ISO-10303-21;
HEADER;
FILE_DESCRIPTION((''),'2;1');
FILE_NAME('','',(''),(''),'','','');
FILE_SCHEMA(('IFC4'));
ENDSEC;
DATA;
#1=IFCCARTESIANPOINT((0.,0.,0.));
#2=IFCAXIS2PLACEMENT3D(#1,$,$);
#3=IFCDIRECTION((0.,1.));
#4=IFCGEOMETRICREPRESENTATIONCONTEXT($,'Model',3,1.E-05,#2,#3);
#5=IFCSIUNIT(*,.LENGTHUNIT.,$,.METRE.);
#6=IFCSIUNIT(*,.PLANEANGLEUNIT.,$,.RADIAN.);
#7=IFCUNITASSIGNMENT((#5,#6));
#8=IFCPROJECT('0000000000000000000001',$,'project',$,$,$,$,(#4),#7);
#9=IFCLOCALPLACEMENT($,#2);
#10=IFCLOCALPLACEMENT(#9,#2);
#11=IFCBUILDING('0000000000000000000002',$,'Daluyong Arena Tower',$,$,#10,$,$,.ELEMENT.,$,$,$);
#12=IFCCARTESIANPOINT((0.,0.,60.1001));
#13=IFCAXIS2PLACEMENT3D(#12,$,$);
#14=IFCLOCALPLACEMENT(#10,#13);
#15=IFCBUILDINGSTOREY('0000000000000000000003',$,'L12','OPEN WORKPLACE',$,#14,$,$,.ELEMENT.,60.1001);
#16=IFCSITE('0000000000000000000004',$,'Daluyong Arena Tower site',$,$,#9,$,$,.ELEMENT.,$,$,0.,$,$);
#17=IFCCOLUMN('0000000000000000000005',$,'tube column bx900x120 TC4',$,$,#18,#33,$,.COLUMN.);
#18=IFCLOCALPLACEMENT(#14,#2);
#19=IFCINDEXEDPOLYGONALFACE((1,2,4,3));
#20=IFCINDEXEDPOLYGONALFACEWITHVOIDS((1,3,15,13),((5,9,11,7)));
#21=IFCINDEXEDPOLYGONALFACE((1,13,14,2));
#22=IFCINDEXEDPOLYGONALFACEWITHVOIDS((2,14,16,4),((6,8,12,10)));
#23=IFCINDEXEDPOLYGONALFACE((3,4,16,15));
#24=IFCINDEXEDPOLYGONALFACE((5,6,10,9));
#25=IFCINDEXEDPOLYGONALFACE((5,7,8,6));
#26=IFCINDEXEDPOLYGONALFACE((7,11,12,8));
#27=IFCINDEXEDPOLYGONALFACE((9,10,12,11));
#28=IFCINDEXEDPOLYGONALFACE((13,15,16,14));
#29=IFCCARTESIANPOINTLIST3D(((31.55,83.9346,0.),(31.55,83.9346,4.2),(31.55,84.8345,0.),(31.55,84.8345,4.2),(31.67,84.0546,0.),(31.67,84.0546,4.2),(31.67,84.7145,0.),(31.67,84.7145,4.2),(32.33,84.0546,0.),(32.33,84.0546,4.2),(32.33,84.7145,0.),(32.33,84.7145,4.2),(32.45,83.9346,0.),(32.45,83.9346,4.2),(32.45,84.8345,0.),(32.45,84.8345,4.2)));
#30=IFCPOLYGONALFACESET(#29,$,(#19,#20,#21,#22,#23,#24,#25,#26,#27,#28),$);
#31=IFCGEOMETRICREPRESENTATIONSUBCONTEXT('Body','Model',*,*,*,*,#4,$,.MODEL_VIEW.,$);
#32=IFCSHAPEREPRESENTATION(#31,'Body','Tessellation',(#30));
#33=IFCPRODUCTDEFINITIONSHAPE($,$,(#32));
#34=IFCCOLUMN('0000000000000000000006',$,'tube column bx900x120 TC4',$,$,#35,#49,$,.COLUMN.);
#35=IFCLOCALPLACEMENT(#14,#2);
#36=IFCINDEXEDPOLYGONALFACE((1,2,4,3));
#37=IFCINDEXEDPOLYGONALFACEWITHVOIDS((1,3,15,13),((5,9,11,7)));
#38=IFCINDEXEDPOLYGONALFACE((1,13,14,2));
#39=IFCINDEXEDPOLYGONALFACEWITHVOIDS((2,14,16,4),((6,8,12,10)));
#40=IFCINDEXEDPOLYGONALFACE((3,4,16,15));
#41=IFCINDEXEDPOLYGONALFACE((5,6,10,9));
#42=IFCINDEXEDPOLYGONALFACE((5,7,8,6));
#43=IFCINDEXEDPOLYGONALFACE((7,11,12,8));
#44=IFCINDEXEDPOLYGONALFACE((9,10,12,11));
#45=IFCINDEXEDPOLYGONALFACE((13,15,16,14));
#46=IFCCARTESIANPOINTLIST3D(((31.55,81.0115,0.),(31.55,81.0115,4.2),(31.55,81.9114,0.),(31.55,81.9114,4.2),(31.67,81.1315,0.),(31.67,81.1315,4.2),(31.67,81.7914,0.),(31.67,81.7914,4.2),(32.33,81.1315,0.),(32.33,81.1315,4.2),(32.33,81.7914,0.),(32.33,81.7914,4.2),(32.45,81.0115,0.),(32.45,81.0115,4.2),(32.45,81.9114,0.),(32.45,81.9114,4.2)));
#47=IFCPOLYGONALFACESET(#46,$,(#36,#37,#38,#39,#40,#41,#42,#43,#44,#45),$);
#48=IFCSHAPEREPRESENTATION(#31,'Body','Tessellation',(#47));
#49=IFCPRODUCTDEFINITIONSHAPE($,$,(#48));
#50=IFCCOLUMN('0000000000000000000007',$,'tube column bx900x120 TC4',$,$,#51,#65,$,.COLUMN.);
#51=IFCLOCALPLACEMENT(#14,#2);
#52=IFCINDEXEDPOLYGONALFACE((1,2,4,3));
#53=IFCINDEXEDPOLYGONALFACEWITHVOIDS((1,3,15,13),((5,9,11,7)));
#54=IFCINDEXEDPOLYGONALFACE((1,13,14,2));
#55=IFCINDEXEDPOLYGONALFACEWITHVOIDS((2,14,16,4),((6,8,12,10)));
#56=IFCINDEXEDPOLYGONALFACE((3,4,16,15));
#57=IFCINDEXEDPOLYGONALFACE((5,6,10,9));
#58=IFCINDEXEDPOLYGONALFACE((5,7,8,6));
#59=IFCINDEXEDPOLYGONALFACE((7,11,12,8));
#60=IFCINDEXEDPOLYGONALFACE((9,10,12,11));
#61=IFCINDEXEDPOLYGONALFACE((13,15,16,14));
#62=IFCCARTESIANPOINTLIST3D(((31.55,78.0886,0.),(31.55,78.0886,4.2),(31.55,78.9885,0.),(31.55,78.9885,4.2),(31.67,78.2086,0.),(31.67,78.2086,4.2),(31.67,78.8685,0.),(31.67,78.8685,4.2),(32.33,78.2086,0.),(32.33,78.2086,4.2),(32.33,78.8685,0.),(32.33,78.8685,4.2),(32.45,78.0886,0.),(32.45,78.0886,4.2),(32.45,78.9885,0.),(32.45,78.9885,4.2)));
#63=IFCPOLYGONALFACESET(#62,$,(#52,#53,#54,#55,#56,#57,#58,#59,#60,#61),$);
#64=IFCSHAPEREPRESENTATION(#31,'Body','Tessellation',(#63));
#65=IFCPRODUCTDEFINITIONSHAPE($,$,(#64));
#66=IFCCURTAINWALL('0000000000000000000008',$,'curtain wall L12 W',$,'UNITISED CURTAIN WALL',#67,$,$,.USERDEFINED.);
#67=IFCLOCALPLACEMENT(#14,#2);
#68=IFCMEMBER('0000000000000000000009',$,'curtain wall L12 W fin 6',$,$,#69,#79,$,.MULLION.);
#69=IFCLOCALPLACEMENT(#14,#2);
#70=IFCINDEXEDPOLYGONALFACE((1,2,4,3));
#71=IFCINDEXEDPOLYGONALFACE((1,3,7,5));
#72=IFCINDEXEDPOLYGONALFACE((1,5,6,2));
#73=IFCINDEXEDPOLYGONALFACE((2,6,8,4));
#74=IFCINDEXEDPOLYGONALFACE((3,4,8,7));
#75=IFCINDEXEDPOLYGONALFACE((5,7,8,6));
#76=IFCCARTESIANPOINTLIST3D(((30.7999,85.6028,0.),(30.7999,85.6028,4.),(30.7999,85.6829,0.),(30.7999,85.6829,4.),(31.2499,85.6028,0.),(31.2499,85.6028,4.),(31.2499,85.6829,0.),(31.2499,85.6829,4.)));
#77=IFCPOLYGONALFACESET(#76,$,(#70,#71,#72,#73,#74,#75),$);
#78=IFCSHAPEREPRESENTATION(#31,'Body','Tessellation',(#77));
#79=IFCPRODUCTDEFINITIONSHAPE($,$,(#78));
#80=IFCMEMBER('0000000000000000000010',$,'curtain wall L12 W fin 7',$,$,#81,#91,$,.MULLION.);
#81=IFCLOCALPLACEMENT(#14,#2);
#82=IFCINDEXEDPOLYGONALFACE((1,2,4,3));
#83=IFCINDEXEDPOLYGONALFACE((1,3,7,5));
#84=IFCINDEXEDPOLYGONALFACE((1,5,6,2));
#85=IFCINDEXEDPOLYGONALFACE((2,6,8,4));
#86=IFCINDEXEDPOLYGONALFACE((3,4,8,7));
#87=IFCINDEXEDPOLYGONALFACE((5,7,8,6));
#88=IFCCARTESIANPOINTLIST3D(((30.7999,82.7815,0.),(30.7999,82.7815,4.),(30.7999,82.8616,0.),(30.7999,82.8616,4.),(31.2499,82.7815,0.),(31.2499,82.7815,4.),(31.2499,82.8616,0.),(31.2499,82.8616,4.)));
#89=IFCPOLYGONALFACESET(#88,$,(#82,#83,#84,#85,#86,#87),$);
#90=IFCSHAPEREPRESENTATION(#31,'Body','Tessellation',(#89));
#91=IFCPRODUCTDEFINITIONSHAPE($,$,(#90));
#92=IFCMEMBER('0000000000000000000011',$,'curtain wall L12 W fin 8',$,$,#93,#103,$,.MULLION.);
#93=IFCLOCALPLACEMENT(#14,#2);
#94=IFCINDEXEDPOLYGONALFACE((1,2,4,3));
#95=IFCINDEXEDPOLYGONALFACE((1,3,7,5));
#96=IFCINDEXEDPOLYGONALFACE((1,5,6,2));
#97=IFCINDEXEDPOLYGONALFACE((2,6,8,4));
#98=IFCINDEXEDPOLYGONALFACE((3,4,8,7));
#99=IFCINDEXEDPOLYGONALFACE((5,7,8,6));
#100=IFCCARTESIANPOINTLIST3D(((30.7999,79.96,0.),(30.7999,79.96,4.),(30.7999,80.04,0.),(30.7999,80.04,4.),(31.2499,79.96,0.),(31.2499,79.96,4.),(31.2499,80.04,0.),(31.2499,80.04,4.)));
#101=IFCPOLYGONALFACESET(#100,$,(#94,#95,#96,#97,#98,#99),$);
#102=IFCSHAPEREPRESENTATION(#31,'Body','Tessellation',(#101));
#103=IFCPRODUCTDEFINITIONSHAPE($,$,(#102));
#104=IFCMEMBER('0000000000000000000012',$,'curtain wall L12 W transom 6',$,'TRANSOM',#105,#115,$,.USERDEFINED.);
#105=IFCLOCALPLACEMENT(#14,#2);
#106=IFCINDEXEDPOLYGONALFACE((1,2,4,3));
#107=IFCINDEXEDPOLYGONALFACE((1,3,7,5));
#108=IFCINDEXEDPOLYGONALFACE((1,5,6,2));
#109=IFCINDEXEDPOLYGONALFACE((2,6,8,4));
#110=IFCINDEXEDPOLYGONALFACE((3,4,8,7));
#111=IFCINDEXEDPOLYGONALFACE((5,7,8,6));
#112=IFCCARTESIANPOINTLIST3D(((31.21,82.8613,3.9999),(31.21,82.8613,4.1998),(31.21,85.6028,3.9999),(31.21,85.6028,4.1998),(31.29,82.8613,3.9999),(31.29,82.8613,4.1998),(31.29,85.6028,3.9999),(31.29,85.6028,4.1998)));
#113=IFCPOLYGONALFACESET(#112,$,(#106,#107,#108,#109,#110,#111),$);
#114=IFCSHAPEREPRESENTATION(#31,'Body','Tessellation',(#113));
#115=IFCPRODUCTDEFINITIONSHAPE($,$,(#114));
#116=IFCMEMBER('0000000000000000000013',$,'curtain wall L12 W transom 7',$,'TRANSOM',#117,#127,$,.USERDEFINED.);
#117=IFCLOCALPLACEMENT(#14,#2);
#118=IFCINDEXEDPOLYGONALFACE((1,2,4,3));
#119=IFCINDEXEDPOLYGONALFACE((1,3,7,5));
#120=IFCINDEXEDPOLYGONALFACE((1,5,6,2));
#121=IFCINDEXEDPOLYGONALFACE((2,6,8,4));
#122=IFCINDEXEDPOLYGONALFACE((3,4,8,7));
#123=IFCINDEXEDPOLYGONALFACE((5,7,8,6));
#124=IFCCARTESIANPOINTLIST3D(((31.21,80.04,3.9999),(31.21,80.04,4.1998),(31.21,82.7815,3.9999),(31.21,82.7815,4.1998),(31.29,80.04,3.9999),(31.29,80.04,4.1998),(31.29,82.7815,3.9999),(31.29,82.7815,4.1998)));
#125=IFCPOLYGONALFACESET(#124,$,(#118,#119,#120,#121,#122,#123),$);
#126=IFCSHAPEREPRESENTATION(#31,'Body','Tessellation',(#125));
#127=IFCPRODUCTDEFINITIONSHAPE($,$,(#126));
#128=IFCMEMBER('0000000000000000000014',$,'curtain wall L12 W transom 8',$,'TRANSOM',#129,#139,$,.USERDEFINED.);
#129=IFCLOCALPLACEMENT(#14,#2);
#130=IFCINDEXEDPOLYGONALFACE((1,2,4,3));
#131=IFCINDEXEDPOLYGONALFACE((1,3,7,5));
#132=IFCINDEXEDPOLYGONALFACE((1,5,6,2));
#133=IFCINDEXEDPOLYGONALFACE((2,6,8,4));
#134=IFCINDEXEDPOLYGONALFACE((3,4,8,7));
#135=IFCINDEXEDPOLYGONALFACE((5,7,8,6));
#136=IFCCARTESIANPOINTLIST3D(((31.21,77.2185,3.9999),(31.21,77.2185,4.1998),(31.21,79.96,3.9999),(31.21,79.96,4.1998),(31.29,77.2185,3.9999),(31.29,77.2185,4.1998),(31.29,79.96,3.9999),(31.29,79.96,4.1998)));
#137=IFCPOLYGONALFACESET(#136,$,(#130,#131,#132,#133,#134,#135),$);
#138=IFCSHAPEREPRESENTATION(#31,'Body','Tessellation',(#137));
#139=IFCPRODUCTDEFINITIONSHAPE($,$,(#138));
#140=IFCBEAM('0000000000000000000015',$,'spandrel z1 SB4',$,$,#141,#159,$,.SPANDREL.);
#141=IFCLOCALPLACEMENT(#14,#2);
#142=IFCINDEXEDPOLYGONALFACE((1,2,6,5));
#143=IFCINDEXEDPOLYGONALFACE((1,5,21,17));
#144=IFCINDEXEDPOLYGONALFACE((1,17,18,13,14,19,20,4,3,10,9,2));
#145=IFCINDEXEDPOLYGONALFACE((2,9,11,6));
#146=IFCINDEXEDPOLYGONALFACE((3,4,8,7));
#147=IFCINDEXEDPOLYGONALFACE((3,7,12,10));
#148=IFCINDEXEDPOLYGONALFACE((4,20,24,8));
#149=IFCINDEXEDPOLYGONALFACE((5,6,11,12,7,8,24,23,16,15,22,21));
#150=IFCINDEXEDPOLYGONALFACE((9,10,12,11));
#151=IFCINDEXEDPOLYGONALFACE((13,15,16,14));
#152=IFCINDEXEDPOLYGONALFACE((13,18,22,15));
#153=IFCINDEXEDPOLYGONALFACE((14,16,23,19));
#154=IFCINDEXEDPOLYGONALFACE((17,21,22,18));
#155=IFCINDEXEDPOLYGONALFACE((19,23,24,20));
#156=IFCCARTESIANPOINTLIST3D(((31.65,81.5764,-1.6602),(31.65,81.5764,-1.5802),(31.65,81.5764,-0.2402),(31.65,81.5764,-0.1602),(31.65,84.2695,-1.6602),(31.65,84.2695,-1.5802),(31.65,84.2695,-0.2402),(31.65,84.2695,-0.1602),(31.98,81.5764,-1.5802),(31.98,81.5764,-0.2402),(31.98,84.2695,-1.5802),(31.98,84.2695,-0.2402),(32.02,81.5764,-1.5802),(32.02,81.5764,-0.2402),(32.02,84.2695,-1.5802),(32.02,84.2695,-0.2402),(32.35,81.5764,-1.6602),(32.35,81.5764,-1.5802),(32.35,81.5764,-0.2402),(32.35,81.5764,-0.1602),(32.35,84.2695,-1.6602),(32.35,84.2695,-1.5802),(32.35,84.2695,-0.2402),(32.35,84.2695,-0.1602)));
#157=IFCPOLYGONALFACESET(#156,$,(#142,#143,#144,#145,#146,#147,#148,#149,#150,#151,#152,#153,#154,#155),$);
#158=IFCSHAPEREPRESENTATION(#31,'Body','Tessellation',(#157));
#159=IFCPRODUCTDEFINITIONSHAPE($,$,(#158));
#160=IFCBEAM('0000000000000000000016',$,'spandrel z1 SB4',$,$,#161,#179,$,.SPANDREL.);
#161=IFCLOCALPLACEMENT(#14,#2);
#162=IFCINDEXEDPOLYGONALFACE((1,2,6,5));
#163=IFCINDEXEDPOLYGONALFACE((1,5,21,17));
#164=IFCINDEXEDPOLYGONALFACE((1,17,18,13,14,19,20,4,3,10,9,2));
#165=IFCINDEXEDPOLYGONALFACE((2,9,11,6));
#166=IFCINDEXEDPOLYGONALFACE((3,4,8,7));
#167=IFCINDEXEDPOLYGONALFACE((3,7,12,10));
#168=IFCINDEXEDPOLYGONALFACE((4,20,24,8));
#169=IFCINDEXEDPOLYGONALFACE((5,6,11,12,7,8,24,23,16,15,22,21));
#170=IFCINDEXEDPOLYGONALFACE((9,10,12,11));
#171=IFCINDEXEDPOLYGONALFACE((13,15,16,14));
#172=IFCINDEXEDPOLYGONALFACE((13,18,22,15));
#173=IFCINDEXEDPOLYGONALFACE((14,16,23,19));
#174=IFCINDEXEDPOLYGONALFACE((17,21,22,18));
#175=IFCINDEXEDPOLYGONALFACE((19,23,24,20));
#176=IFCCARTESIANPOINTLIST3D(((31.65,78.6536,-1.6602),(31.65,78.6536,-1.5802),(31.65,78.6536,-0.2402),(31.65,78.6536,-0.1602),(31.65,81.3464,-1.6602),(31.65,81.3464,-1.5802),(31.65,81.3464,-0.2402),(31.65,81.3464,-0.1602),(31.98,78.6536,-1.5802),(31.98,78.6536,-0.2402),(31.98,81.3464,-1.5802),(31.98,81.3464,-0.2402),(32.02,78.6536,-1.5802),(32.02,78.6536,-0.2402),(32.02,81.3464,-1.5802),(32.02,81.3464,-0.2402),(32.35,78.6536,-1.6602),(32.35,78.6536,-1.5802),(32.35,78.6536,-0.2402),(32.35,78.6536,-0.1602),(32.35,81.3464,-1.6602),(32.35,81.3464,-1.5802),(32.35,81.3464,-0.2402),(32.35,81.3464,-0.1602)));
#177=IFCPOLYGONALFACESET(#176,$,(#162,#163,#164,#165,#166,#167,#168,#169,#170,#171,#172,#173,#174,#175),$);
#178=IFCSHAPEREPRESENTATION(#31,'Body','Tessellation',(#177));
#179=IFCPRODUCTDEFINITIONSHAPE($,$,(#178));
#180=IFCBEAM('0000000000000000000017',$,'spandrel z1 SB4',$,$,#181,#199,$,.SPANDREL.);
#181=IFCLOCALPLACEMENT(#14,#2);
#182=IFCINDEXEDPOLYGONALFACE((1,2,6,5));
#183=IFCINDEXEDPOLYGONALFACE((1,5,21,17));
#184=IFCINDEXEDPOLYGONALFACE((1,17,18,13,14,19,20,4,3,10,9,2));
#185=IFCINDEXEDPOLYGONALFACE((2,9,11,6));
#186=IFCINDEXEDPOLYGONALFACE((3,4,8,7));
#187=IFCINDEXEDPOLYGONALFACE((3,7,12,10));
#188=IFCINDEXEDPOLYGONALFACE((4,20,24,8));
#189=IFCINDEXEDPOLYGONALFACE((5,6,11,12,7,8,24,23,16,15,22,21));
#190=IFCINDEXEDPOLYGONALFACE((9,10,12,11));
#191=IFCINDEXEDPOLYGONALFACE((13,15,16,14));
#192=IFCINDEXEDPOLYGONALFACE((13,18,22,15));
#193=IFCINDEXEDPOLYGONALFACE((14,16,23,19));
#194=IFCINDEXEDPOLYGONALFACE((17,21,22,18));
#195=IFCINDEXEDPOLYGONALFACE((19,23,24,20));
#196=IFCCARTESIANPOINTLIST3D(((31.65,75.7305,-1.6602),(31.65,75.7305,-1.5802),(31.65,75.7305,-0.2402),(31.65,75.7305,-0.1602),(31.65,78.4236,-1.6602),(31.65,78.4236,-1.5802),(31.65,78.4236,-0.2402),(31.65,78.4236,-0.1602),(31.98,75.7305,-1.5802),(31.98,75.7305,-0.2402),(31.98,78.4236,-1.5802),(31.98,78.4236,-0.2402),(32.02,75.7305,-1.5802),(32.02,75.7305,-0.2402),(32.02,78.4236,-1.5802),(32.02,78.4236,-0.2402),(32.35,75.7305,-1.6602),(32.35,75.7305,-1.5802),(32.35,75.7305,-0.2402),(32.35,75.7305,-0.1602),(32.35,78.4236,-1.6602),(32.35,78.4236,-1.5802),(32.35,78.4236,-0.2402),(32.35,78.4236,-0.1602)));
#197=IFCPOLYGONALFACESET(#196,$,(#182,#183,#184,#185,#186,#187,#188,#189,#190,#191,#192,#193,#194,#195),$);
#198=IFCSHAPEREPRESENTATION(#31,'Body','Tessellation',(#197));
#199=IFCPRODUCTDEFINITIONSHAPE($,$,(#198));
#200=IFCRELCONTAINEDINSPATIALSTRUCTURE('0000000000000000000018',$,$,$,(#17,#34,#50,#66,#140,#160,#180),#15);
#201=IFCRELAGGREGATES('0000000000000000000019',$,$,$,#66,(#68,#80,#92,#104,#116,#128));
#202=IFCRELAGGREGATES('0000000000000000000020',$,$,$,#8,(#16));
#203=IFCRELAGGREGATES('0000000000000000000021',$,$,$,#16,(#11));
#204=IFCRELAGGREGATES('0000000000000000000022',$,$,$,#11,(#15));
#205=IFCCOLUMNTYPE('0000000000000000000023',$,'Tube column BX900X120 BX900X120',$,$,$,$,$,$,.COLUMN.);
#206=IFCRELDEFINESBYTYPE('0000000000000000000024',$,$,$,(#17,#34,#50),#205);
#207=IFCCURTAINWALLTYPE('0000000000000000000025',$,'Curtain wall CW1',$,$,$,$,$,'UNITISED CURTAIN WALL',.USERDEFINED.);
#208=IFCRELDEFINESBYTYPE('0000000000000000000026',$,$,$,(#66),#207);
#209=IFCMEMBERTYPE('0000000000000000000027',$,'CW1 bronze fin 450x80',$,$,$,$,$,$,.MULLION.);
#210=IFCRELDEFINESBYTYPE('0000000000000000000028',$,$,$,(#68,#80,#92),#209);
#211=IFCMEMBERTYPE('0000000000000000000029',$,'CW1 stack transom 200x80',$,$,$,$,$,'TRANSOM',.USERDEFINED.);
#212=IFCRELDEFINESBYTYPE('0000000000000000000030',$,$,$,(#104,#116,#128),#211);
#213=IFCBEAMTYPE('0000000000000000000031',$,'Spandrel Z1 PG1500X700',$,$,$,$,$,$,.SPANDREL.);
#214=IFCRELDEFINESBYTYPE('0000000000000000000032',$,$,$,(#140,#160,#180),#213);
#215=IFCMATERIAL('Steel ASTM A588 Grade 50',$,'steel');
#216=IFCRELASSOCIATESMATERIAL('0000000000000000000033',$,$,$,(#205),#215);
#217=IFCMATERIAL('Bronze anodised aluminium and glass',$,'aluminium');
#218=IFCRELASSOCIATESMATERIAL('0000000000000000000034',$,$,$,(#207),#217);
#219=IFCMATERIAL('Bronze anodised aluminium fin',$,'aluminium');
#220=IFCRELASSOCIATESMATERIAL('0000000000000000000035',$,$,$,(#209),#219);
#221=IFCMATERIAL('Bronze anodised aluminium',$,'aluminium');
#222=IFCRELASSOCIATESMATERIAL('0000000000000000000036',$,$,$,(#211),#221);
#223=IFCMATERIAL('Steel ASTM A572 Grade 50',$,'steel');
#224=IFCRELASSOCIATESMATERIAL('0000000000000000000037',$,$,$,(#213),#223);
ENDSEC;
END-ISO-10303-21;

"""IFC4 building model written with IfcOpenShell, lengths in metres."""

from ifc_helpers import new_model, si_unit, direction, frame, origin, origin_2d, place, context, subcontext, project, spatial, rectangle, hollow_rectangle, i_section, extrude, material, material_profile, profile_set, type_object, element, aggregate, save


model = new_model("IFC4")

# Units and contexts
model_context = context("Model", 3, precision=1e-05, world=origin(), true_north=direction((0.0, 1.0)))
body_context = subcontext(model_context, "Body", "Model", "MODEL_VIEW")
ifc_project = project(units=[si_unit("LENGTHUNIT", "METRE"), si_unit("PLANEANGLEUNIT", "RADIAN")], contexts=[model_context])

# Site, building, storey
site_placement = place(None, origin())
site = spatial("IfcSite", under=ifc_project, at=site_placement, Name="Daluyong Arena Tower site", CompositionType="ELEMENT", RefElevation=0.0)
building_placement = place(site_placement, origin())
building = spatial("IfcBuilding", under=site, at=building_placement, Name="Daluyong Arena Tower", CompositionType="ELEMENT")
storey_placement = place(building_placement, frame((0.0, 0.0, 60.1001)))
storey = spatial("IfcBuildingStorey", under=building, at=storey_placement, Name="L12", Description="OPEN WORKPLACE", CompositionType="ELEMENT", Elevation=60.1001)

# Columns
ifc_material_1 = material(Name="Steel ASTM A588 Grade 50", Category="steel")
ifc_material_profile_1 = material_profile(ifc_material_1, hollow_rectangle(XDim=0.8999, YDim=0.8999, WallThickness=0.12, at=origin_2d()))
ifc_profile_set_1 = profile_set([ifc_material_profile_1], Name="Steel ASTM A588 Grade 50")
column_type = type_object("IfcColumnType", Name="Tube column BX900X120 BX900X120", PredefinedType="COLUMN", material=ifc_profile_set_1)
for number, where, z_axis, x_axis, name in (
    (1, (32.0, 84.3845, 0.0), (0.0, 0.0, 1.0), (0.0, 1.0, 0.0), "tube column bx900x120 TC4"),
    (2, (32.0, 81.4614, 0.0), (0.0, 0.0, 1.0), (0.0, 1.0, 0.0), "tube column bx900x120 TC4"),
    (3, (32.0, 78.5386, 0.0), (0.0, 0.0, 1.0), (0.0, 1.0, 0.0), "tube column bx900x120 TC4"),
):
    element("IfcColumn", number, at=place(storey_placement, frame(where, z_axis=z_axis, x_axis=x_axis)), inside=storey, type_object=column_type, Name=name, PredefinedType="COLUMN", context=body_context, shape_type="SweptSolid", body=[
        extrude(hollow_rectangle(XDim=0.8999, YDim=0.8999, WallThickness=0.12, at=origin_2d()), origin(), (0.0, 0.0, 1.0), 4.2),
    ])

# Curtain wall, members
ifc_material_2 = material(Name="Bronze anodised aluminium and glass", Category="aluminium")
curtain_wall_type = type_object("IfcCurtainWallType", Name="Curtain wall CW1", ElementType="UNITISED CURTAIN WALL", PredefinedType="USERDEFINED", material=ifc_material_2)
curtain_wall_placement = place(storey_placement, origin())
curtain_wall = element("IfcCurtainWall", 4, at=curtain_wall_placement, inside=storey, type_object=curtain_wall_type, Name="curtain wall L12 W", ObjectType="UNITISED CURTAIN WALL", PredefinedType="USERDEFINED")
ifc_material_3 = material(Name="Bronze anodised aluminium fin", Category="aluminium")
ifc_material_profile_2 = material_profile(ifc_material_3, rectangle(XDim=0.45, YDim=0.0801, at=origin_2d()))
ifc_profile_set_2 = profile_set([ifc_material_profile_2], Name="Bronze anodised aluminium fin")
member_type_1 = type_object("IfcMemberType", Name="CW1 bronze fin 450x80", PredefinedType="MULLION", material=ifc_profile_set_2)
member_1_placement = place(storey_placement, frame((31.0249, 85.6428, 0.0), z_axis=(0.0, 0.0, 1.0), x_axis=(1.0, 0.0, 0.0)))
member_1 = element("IfcMember", 5, at=member_1_placement, type_object=member_type_1, Name="curtain wall L12 W fin 6", PredefinedType="MULLION", context=body_context, shape_type="SweptSolid", body=[
    extrude(rectangle(XDim=0.45, YDim=0.0801, at=origin_2d()), origin(), (0.0, 0.0, 1.0), 4.0),
])
member_2_placement = place(storey_placement, frame((31.0249, 82.8215, 0.0), z_axis=(0.0, 0.0, 1.0), x_axis=(1.0, 0.0, 0.0)))
member_2 = element("IfcMember", 6, at=member_2_placement, type_object=member_type_1, Name="curtain wall L12 W fin 7", PredefinedType="MULLION", context=body_context, shape_type="SweptSolid", body=[
    extrude(rectangle(XDim=0.45, YDim=0.0801, at=origin_2d()), origin(), (0.0, 0.0, 1.0), 4.0),
])
member_3_placement = place(storey_placement, frame((31.0249, 80.0, 0.0), z_axis=(0.0, 0.0, 1.0), x_axis=(1.0, 0.0, 0.0)))
member_3 = element("IfcMember", 7, at=member_3_placement, type_object=member_type_1, Name="curtain wall L12 W fin 8", PredefinedType="MULLION", context=body_context, shape_type="SweptSolid", body=[
    extrude(rectangle(XDim=0.45, YDim=0.0801, at=origin_2d()), origin(), (0.0, 0.0, 1.0), 4.0),
])
ifc_material_4 = material(Name="Bronze anodised aluminium", Category="aluminium")
ifc_material_profile_3 = material_profile(ifc_material_4, rectangle(XDim=0.0801, YDim=0.2, at=origin_2d()))
ifc_profile_set_3 = profile_set([ifc_material_profile_3], Name="Bronze anodised aluminium")
member_type_2 = type_object("IfcMemberType", Name="CW1 stack transom 200x80", ElementType="TRANSOM", PredefinedType="USERDEFINED", material=ifc_profile_set_3)
member_4_placement = place(storey_placement, frame((31.25, 85.6028, 4.0999), z_axis=(0.0, -1.0, 0.0), x_axis=(1.0, 0.0, 0.0)))
member_4 = element("IfcMember", 8, at=member_4_placement, type_object=member_type_2, Name="curtain wall L12 W transom 6", ObjectType="TRANSOM", PredefinedType="USERDEFINED", context=body_context, shape_type="SweptSolid", body=[
    extrude(rectangle(XDim=0.0801, YDim=0.2, at=origin_2d()), origin(), (0.0, 0.0, 1.0), 2.7415),
])
member_5_placement = place(storey_placement, frame((31.25, 82.7815, 4.0999), z_axis=(0.0, -1.0, 0.0), x_axis=(1.0, 0.0, 0.0)))
member_5 = element("IfcMember", 9, at=member_5_placement, type_object=member_type_2, Name="curtain wall L12 W transom 7", ObjectType="TRANSOM", PredefinedType="USERDEFINED", context=body_context, shape_type="SweptSolid", body=[
    extrude(rectangle(XDim=0.0801, YDim=0.2, at=origin_2d()), origin(), (0.0, 0.0, 1.0), 2.7415),
])
member_6_placement = place(storey_placement, frame((31.25, 79.96, 4.0999), z_axis=(0.0, -1.0, 0.0), x_axis=(1.0, 0.0, 0.0)))
member_6 = element("IfcMember", 10, at=member_6_placement, type_object=member_type_2, Name="curtain wall L12 W transom 8", ObjectType="TRANSOM", PredefinedType="USERDEFINED", context=body_context, shape_type="SweptSolid", body=[
    extrude(rectangle(XDim=0.0801, YDim=0.2, at=origin_2d()), origin(), (0.0, 0.0, 1.0), 2.7415),
])

# Beams
ifc_material_5 = material(Name="Steel ASTM A572 Grade 50", Category="steel")
ifc_material_profile_4 = material_profile(ifc_material_5, i_section(OverallWidth=0.7, OverallDepth=1.5, WebThickness=0.04, FlangeThickness=0.08, at=origin_2d()))
ifc_profile_set_4 = profile_set([ifc_material_profile_4], Name="Steel ASTM A572 Grade 50")
beam_type = type_object("IfcBeamType", Name="Spandrel Z1 PG1500X700", PredefinedType="SPANDREL", material=ifc_profile_set_4)
beam_1_placement = place(storey_placement, frame((32.0, 84.2695, -0.9102), z_axis=(0.0, -1.0, 0.0), x_axis=(1.0, 0.0, 0.0)))
element("IfcBeam", 11, at=beam_1_placement, inside=storey, type_object=beam_type, Name="spandrel z1 SB4", PredefinedType="SPANDREL", context=body_context, shape_type="SweptSolid", body=[
    extrude(i_section(OverallWidth=0.7, OverallDepth=1.5, WebThickness=0.04, FlangeThickness=0.08, at=origin_2d()), origin(), (0.0, 0.0, 1.0), 2.6931),
])
beam_2_placement = place(storey_placement, frame((32.0, 81.3464, -0.9102), z_axis=(0.0, -1.0, 0.0), x_axis=(1.0, 0.0, 0.0)))
element("IfcBeam", 12, at=beam_2_placement, inside=storey, type_object=beam_type, Name="spandrel z1 SB4", PredefinedType="SPANDREL", context=body_context, shape_type="SweptSolid", body=[
    extrude(i_section(OverallWidth=0.7, OverallDepth=1.5, WebThickness=0.04, FlangeThickness=0.08, at=origin_2d()), origin(), (0.0, 0.0, 1.0), 2.6929),
])
beam_3_placement = place(storey_placement, frame((32.0, 78.4236, -0.9102), z_axis=(0.0, -1.0, 0.0), x_axis=(1.0, 0.0, 0.0)))
element("IfcBeam", 13, at=beam_3_placement, inside=storey, type_object=beam_type, Name="spandrel z1 SB4", PredefinedType="SPANDREL", context=body_context, shape_type="SweptSolid", body=[
    extrude(i_section(OverallWidth=0.7, OverallDepth=1.5, WebThickness=0.04, FlangeThickness=0.08, at=origin_2d()), origin(), (0.0, 0.0, 1.0), 2.6931),
])

aggregate(curtain_wall, [member_1, member_2, member_3, member_4, member_5, member_6])

save(model, "model.ifc")
